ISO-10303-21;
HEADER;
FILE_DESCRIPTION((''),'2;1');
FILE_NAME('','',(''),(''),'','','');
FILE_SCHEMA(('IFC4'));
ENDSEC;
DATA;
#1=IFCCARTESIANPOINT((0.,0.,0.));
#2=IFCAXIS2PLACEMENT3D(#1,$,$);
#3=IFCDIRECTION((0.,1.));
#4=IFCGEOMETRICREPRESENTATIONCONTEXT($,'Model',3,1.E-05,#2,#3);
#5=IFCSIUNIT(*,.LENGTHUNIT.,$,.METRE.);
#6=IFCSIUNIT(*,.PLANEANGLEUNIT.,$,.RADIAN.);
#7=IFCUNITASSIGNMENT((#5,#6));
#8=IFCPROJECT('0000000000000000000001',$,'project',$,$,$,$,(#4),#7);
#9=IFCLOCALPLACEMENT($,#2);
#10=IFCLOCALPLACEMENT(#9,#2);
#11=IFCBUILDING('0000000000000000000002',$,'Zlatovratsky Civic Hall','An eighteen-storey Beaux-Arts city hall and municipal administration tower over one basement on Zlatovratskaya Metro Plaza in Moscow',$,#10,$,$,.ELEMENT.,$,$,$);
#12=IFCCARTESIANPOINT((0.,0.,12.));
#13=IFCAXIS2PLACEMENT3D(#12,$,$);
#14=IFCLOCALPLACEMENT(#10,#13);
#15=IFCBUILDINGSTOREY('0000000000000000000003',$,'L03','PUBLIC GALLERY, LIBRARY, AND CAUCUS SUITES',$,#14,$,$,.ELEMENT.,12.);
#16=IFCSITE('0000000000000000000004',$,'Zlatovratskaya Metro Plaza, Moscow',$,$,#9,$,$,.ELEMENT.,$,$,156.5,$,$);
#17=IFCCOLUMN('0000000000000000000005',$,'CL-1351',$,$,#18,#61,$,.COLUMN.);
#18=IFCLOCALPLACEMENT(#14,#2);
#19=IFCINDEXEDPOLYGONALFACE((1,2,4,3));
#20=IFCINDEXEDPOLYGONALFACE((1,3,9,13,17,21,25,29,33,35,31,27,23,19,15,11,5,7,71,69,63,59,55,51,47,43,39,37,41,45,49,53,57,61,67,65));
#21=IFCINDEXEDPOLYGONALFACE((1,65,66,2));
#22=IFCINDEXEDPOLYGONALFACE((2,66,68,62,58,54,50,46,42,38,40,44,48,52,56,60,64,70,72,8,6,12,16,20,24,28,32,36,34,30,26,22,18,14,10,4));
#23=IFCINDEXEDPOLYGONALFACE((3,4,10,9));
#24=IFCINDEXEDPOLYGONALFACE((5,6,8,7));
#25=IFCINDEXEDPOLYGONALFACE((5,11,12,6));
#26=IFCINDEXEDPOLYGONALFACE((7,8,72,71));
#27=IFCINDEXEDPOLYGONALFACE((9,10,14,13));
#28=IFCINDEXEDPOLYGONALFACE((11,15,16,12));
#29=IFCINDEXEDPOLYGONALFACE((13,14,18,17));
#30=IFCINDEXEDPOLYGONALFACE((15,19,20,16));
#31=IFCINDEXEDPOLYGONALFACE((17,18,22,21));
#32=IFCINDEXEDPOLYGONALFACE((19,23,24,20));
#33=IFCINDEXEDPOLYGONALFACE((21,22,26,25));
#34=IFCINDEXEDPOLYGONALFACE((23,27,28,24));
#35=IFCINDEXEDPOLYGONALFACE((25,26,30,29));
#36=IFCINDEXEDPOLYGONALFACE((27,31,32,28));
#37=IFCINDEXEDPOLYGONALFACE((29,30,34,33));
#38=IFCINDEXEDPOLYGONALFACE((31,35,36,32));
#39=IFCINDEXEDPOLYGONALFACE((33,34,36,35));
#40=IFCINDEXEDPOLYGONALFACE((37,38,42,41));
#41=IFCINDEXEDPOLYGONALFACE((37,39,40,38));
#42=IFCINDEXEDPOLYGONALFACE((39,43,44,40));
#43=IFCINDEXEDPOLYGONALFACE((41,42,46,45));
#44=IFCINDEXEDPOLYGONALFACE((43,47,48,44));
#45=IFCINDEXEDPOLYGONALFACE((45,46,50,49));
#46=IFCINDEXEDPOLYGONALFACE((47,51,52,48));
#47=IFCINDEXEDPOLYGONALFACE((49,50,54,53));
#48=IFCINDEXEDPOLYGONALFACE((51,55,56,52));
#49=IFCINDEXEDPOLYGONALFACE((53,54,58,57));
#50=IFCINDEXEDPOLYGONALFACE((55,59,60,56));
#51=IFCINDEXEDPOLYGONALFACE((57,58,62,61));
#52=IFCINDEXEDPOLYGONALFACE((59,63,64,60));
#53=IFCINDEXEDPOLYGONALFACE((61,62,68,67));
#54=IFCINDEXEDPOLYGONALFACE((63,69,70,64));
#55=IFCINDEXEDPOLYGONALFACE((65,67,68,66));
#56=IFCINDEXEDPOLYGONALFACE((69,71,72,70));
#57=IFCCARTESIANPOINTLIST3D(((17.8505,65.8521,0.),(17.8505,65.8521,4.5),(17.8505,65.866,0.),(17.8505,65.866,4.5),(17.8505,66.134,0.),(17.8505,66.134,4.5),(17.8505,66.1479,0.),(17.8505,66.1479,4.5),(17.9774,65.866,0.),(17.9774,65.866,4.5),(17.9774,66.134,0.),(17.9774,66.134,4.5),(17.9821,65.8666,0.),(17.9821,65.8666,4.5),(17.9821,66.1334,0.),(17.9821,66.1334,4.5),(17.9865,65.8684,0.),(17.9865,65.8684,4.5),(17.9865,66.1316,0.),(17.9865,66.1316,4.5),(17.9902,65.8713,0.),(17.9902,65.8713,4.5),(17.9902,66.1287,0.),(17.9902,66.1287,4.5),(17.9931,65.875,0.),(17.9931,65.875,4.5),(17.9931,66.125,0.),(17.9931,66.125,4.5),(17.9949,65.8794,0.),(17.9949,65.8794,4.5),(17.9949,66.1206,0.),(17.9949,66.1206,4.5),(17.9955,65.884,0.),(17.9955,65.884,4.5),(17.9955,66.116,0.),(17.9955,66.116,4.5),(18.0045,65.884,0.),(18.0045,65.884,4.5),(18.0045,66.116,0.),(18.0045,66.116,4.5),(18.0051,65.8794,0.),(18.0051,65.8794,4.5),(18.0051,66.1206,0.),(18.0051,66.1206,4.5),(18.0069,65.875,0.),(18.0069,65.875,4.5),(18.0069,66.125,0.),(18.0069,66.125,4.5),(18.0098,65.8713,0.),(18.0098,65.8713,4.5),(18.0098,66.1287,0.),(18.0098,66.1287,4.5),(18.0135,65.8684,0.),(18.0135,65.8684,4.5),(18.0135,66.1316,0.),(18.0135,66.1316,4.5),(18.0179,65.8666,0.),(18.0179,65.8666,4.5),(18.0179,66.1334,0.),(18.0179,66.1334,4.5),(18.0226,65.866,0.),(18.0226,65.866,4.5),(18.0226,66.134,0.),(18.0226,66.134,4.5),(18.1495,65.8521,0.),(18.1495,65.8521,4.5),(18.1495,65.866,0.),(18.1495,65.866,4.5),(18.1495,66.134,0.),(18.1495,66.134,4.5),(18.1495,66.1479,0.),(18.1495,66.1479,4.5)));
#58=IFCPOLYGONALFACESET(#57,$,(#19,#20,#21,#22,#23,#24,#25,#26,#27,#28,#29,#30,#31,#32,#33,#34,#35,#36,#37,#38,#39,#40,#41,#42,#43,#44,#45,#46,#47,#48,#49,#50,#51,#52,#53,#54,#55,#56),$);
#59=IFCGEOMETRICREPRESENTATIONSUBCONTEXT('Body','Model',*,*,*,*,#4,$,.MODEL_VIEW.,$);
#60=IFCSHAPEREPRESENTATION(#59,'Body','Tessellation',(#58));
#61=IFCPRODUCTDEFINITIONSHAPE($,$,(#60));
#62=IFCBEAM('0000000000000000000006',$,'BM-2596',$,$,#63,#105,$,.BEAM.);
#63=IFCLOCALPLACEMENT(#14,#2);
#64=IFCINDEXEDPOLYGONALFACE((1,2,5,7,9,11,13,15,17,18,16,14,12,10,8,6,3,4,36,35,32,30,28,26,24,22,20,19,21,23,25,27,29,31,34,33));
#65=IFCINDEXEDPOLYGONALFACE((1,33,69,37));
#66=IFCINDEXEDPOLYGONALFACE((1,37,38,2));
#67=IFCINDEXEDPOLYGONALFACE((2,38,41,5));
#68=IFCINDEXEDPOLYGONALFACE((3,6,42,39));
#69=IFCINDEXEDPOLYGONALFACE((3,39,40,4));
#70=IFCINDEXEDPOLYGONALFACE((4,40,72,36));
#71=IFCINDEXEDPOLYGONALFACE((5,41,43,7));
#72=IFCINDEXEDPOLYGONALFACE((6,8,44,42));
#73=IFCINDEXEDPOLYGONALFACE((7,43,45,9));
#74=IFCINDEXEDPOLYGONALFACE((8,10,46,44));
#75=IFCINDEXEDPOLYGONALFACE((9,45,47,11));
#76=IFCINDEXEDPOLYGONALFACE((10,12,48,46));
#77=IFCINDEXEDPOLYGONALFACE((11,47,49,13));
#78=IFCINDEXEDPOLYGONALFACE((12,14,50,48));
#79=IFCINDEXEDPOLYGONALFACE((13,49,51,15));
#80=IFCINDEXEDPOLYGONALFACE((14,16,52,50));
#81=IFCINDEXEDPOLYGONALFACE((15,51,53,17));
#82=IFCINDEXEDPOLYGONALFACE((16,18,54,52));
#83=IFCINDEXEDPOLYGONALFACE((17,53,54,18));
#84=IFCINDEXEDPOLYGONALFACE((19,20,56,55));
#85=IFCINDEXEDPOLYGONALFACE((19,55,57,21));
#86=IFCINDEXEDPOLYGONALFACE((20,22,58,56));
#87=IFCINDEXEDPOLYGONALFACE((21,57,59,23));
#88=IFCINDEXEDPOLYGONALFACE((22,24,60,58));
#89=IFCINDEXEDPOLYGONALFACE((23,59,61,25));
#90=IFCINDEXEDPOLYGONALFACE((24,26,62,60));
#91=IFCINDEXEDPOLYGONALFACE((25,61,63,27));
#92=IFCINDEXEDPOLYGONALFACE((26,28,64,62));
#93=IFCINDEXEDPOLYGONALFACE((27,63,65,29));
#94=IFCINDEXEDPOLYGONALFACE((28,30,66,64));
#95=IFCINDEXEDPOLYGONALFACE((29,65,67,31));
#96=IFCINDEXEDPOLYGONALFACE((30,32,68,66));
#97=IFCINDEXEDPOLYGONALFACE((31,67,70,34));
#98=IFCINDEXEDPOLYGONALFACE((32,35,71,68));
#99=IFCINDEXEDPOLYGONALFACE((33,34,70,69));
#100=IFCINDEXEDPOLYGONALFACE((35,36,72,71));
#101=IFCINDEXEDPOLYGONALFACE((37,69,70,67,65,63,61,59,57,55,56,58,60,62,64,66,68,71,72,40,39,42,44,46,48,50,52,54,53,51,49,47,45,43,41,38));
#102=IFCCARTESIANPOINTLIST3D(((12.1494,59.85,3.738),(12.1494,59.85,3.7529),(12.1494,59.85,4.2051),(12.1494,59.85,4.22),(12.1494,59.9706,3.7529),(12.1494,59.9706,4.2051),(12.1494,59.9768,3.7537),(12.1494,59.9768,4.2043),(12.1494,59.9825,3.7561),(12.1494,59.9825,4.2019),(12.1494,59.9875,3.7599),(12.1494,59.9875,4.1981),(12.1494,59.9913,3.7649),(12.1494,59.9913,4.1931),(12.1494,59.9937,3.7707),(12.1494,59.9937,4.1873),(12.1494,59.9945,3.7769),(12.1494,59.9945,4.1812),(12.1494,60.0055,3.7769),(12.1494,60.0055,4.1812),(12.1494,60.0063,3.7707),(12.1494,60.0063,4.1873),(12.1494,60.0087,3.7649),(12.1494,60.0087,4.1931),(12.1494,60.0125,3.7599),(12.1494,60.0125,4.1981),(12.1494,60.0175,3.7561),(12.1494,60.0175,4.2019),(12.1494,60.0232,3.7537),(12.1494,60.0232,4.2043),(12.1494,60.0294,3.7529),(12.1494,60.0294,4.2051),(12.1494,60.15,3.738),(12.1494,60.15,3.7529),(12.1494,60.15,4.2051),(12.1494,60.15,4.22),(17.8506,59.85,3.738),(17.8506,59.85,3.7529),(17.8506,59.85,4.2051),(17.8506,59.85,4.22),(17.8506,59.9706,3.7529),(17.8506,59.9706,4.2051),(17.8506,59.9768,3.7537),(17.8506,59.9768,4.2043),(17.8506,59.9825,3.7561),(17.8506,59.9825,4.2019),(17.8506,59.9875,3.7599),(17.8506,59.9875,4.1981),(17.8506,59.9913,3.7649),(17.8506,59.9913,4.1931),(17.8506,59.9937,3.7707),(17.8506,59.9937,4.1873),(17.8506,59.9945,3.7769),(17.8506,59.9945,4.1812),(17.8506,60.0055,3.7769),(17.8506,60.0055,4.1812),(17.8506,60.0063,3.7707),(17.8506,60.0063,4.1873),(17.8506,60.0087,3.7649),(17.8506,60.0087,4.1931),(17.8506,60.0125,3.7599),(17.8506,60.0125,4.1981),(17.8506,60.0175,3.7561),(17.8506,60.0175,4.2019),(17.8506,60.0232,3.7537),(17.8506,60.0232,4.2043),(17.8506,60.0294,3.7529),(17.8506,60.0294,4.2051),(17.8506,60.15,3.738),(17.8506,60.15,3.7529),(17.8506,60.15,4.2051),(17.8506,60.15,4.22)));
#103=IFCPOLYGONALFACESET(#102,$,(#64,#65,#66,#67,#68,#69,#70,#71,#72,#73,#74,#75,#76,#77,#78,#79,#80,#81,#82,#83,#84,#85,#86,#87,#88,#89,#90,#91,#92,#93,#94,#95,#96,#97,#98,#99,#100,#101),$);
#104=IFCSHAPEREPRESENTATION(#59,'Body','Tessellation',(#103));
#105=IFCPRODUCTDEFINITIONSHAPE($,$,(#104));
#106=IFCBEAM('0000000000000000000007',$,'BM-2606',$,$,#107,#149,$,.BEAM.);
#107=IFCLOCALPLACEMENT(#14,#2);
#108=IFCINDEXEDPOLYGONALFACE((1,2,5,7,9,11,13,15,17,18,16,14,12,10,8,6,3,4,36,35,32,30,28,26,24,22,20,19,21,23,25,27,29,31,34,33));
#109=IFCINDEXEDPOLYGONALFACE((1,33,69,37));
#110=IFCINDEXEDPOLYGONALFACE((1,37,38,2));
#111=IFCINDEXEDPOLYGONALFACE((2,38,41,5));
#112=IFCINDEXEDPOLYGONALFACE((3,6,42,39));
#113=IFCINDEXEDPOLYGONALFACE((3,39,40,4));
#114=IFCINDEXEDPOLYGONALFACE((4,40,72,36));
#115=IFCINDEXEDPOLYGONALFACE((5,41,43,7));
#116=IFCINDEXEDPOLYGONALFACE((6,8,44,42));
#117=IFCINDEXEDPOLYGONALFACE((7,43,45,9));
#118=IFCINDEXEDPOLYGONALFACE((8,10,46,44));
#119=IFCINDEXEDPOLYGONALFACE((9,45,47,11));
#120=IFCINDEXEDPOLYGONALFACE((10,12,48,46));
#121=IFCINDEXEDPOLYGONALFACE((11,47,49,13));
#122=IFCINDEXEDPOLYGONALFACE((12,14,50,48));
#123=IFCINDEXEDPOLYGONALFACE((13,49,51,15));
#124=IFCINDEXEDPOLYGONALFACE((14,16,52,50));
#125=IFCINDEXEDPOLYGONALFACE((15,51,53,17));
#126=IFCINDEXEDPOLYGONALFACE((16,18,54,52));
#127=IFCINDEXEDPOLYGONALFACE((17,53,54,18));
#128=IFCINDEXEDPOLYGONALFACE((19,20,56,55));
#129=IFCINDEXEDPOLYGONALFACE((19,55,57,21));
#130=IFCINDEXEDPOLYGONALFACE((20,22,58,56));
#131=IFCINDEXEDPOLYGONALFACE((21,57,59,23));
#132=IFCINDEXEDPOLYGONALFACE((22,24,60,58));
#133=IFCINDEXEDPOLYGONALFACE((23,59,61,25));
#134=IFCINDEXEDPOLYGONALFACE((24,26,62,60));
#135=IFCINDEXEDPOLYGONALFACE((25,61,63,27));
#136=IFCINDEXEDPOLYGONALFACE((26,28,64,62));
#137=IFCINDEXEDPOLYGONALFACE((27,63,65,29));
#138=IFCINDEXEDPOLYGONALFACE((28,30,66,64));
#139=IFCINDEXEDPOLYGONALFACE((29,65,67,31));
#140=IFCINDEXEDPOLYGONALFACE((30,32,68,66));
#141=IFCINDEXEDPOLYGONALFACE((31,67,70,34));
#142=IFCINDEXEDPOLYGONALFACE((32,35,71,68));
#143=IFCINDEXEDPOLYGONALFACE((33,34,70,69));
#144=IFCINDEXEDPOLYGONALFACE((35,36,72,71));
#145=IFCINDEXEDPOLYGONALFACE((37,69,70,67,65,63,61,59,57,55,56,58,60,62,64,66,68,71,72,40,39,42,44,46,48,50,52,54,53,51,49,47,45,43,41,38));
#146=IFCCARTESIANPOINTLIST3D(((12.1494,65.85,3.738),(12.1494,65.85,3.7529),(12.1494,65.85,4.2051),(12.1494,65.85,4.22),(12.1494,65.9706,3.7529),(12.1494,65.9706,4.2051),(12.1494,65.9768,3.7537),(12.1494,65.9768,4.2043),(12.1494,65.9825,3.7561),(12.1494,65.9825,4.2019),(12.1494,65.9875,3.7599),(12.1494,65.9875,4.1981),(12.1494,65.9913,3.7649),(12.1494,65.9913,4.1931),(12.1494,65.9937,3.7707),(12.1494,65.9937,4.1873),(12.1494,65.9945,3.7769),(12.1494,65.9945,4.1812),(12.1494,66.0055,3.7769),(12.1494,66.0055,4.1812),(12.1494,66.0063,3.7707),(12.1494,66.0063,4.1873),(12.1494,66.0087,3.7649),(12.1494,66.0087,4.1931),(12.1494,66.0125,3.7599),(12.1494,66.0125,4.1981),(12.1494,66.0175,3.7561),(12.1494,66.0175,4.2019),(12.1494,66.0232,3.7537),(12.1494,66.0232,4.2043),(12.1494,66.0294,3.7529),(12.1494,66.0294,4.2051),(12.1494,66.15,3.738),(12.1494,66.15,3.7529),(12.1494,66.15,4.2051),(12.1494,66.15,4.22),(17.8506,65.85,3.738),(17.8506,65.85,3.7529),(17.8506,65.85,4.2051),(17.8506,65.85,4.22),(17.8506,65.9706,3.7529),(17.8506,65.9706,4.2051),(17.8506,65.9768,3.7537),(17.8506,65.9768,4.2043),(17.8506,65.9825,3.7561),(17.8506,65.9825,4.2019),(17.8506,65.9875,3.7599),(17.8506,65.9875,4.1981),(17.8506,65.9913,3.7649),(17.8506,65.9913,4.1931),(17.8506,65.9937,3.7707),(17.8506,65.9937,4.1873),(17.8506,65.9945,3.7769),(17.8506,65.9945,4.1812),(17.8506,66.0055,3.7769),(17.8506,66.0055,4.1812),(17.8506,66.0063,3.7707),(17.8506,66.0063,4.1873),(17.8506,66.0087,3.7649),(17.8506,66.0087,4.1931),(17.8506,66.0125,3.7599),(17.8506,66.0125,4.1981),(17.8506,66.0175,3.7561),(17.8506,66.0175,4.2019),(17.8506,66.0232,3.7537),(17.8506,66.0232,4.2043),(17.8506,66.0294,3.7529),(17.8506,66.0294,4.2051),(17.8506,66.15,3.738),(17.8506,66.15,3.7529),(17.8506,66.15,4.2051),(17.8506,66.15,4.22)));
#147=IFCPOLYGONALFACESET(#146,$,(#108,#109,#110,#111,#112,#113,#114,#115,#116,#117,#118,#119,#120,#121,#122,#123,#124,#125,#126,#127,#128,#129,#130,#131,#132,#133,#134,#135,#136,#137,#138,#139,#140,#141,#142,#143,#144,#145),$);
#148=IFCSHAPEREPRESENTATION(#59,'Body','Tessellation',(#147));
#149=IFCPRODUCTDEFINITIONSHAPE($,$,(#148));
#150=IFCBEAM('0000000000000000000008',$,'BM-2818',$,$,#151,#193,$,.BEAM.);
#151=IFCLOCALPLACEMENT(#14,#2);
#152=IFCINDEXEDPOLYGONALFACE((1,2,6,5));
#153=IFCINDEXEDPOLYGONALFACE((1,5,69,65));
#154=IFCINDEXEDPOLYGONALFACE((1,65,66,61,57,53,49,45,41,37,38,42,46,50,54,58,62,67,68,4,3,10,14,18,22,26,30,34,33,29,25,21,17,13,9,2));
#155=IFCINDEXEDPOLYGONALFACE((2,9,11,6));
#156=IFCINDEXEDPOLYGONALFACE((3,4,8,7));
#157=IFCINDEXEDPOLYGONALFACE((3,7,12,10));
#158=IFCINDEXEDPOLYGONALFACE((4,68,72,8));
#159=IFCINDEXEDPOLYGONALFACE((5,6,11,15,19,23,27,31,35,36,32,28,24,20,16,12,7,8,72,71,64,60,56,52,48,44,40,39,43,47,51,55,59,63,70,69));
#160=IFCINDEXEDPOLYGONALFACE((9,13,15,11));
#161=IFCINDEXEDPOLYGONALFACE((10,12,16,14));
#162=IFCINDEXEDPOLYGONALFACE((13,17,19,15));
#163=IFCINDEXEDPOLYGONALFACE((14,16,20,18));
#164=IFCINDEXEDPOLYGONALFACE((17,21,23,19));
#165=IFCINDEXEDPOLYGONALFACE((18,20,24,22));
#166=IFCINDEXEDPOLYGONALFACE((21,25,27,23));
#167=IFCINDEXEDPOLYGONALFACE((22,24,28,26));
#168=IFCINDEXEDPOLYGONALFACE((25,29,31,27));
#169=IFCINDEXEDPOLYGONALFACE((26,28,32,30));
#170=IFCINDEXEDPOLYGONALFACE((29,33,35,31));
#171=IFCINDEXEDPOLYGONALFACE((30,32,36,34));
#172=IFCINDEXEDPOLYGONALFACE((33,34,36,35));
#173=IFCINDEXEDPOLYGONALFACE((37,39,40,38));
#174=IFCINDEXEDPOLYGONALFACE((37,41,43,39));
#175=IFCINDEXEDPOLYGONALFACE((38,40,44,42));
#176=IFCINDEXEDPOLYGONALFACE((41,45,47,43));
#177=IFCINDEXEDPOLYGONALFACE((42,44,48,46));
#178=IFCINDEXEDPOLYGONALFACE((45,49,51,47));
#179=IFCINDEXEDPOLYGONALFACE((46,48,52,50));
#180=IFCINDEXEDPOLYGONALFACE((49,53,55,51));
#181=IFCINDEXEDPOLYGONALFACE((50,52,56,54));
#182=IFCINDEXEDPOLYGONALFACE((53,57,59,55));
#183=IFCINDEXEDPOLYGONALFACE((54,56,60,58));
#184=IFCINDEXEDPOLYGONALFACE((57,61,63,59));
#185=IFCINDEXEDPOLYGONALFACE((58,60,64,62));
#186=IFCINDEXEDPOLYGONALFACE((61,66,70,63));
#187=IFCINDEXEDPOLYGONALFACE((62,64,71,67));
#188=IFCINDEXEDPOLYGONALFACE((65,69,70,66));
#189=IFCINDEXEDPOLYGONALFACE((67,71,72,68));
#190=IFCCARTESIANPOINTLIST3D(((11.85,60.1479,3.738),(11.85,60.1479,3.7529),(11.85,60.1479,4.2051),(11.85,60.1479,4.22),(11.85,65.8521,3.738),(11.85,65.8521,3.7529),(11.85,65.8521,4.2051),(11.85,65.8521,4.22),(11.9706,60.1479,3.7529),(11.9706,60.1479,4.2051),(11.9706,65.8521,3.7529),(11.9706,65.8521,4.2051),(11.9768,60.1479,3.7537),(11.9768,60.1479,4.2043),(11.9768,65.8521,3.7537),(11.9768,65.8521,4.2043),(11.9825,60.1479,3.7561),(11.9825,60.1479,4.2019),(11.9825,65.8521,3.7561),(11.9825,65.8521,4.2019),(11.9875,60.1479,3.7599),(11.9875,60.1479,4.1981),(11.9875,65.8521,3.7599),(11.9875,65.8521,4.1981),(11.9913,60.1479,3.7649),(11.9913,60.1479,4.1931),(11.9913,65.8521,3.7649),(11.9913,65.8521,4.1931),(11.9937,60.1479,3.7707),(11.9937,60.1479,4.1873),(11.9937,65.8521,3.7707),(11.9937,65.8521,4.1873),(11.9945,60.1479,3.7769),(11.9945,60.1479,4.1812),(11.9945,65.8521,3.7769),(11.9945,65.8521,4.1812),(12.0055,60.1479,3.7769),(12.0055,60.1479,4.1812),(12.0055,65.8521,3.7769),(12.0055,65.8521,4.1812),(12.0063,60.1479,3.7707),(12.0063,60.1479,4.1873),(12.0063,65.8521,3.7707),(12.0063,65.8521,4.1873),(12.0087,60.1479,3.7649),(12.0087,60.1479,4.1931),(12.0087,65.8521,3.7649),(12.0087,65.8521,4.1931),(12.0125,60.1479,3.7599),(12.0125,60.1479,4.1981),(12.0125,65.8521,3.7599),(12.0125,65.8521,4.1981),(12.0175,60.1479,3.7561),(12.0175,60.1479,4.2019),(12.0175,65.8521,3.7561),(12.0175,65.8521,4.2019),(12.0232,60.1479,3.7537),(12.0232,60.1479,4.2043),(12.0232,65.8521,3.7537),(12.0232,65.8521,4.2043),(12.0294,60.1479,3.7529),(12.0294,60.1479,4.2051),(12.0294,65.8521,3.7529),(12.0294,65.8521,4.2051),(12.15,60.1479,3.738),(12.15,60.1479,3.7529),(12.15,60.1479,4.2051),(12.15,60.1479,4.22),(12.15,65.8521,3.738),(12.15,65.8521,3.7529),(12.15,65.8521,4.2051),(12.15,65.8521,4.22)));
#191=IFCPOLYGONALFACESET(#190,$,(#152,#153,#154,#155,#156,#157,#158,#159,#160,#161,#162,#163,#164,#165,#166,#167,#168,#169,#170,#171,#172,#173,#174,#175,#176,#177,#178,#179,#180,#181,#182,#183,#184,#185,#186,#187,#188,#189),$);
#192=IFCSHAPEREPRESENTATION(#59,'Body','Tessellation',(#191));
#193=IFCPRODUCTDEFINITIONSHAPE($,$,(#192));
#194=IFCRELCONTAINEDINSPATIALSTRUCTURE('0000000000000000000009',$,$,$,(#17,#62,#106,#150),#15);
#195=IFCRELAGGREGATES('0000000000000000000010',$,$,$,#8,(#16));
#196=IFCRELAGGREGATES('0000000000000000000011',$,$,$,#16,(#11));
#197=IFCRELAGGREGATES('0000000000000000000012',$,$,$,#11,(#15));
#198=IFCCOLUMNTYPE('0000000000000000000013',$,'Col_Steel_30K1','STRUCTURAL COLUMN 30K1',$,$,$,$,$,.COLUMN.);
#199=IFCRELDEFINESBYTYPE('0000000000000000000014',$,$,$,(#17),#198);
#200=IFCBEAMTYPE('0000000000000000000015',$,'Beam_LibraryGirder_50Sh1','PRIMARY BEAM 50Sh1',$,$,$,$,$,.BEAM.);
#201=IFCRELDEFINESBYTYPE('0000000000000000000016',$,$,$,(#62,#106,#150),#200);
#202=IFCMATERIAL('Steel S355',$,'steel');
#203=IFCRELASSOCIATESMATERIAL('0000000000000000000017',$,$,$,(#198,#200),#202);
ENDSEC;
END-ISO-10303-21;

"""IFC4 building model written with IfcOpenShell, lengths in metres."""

from ifc_helpers import new_model, si_unit, direction, frame, origin, origin_2d, place, context, subcontext, project, spatial, i_section, extrude, material, material_profile, profile_set, type_object, element, save


model = new_model("IFC4")

# Units and contexts
model_context = context("Model", 3, precision=1e-05, world=origin(), true_north=direction((0.0, 1.0)))
body_context = subcontext(model_context, "Body", "Model", "MODEL_VIEW")
ifc_project = project(units=[si_unit("LENGTHUNIT", "METRE"), si_unit("PLANEANGLEUNIT", "RADIAN")], contexts=[model_context])

# Site, building, storey
site_placement = place(None, origin())
site = spatial("IfcSite", under=ifc_project, at=site_placement, Name="Zlatovratskaya Metro Plaza, Moscow", CompositionType="ELEMENT", RefElevation=156.5)
building_placement = place(site_placement, origin())
building = spatial("IfcBuilding", under=site, at=building_placement, Name="Zlatovratsky Civic Hall", Description="An eighteen-storey Beaux-Arts city hall and municipal administration tower over one basement on Zlatovratskaya Metro Plaza in Moscow", CompositionType="ELEMENT")
storey_placement = place(building_placement, frame((0.0, 0.0, 12.0)))
storey = spatial("IfcBuildingStorey", under=building, at=storey_placement, Name="L03", Description="PUBLIC GALLERY, LIBRARY, AND CAUCUS SUITES", CompositionType="ELEMENT", Elevation=12.0)

# Column
ifc_material_1 = material(Name="Steel S355", Category="steel")
ifc_material_profile_1 = material_profile(ifc_material_1, i_section(OverallWidth=0.2991, OverallDepth=0.2959, WebThickness=0.009, FlangeThickness=0.0139, FilletRadius=0.0181, at=origin_2d()), Name="30K1")
ifc_profile_set_1 = profile_set([ifc_material_profile_1], Name="Steel S355")
column_type_1 = type_object("IfcColumnType", Name="Col_Steel_30K1", Description="STRUCTURAL COLUMN 30K1", PredefinedType="COLUMN", material=ifc_profile_set_1)
for number, where, z_axis, x_axis, name in (
    (1, (18.0, 66.0, 0.0), (0.0, 0.0, 1.0), (1.0, 0.0, 0.0), "CL-1351"),
):
    element("IfcColumn", number, at=place(storey_placement, frame(where, z_axis=z_axis, x_axis=x_axis)), inside=storey, type_object=column_type_1, Name=name, PredefinedType="COLUMN", context=body_context, shape_type="SweptSolid", body=[
        extrude(i_section(OverallWidth=0.2991, OverallDepth=0.2959, WebThickness=0.009, FlangeThickness=0.0139, FilletRadius=0.0181, at=origin_2d()), origin(), (0.0, 0.0, 1.0), 4.5),
    ])

# Beams
ifc_material_profile_2 = material_profile(ifc_material_1, i_section(OverallWidth=0.3, OverallDepth=0.4819, WebThickness=0.011, FlangeThickness=0.0149, FilletRadius=0.0239, at=origin_2d()), Name="50Sh1")
ifc_profile_set_2 = profile_set([ifc_material_profile_2], Name="Steel S355")
beam_type_1 = type_object("IfcBeamType", Name="Beam_LibraryGirder_50Sh1", Description="PRIMARY BEAM 50Sh1", PredefinedType="BEAM", material=ifc_profile_set_2)
for number, where, z_axis, x_axis, name in (
    (2, (12.1494, 60.0, 3.979), (1.0, 0.0, 0.0), (0.0, 1.0, 0.0), "BM-2596"),
    (3, (12.1494, 66.0, 3.979), (1.0, 0.0, 0.0), (0.0, 1.0, 0.0), "BM-2606"),
):
    element("IfcBeam", number, at=place(storey_placement, frame(where, z_axis=z_axis, x_axis=x_axis)), inside=storey, type_object=beam_type_1, Name=name, PredefinedType="BEAM", context=body_context, shape_type="SweptSolid", body=[
        extrude(i_section(OverallWidth=0.3, OverallDepth=0.4819, WebThickness=0.011, FlangeThickness=0.0149, FilletRadius=0.0239, at=origin_2d()), origin(), (0.0, 0.0, 1.0), 5.7012),
    ])
for number, where, z_axis, x_axis, name in (
    (4, (12.0, 60.1479, 3.979), (0.0, 1.0, 0.0), (-1.0, 0.0, 0.0), "BM-2818"),
):
    element("IfcBeam", number, at=place(storey_placement, frame(where, z_axis=z_axis, x_axis=x_axis)), inside=storey, type_object=beam_type_1, Name=name, PredefinedType="BEAM", context=body_context, shape_type="SweptSolid", body=[
        extrude(i_section(OverallWidth=0.3, OverallDepth=0.4819, WebThickness=0.011, FlangeThickness=0.0149, FilletRadius=0.0239, at=origin_2d()), origin(), (0.0, 0.0, 1.0), 5.7041),
    ])

save(model, "model.ifc")
